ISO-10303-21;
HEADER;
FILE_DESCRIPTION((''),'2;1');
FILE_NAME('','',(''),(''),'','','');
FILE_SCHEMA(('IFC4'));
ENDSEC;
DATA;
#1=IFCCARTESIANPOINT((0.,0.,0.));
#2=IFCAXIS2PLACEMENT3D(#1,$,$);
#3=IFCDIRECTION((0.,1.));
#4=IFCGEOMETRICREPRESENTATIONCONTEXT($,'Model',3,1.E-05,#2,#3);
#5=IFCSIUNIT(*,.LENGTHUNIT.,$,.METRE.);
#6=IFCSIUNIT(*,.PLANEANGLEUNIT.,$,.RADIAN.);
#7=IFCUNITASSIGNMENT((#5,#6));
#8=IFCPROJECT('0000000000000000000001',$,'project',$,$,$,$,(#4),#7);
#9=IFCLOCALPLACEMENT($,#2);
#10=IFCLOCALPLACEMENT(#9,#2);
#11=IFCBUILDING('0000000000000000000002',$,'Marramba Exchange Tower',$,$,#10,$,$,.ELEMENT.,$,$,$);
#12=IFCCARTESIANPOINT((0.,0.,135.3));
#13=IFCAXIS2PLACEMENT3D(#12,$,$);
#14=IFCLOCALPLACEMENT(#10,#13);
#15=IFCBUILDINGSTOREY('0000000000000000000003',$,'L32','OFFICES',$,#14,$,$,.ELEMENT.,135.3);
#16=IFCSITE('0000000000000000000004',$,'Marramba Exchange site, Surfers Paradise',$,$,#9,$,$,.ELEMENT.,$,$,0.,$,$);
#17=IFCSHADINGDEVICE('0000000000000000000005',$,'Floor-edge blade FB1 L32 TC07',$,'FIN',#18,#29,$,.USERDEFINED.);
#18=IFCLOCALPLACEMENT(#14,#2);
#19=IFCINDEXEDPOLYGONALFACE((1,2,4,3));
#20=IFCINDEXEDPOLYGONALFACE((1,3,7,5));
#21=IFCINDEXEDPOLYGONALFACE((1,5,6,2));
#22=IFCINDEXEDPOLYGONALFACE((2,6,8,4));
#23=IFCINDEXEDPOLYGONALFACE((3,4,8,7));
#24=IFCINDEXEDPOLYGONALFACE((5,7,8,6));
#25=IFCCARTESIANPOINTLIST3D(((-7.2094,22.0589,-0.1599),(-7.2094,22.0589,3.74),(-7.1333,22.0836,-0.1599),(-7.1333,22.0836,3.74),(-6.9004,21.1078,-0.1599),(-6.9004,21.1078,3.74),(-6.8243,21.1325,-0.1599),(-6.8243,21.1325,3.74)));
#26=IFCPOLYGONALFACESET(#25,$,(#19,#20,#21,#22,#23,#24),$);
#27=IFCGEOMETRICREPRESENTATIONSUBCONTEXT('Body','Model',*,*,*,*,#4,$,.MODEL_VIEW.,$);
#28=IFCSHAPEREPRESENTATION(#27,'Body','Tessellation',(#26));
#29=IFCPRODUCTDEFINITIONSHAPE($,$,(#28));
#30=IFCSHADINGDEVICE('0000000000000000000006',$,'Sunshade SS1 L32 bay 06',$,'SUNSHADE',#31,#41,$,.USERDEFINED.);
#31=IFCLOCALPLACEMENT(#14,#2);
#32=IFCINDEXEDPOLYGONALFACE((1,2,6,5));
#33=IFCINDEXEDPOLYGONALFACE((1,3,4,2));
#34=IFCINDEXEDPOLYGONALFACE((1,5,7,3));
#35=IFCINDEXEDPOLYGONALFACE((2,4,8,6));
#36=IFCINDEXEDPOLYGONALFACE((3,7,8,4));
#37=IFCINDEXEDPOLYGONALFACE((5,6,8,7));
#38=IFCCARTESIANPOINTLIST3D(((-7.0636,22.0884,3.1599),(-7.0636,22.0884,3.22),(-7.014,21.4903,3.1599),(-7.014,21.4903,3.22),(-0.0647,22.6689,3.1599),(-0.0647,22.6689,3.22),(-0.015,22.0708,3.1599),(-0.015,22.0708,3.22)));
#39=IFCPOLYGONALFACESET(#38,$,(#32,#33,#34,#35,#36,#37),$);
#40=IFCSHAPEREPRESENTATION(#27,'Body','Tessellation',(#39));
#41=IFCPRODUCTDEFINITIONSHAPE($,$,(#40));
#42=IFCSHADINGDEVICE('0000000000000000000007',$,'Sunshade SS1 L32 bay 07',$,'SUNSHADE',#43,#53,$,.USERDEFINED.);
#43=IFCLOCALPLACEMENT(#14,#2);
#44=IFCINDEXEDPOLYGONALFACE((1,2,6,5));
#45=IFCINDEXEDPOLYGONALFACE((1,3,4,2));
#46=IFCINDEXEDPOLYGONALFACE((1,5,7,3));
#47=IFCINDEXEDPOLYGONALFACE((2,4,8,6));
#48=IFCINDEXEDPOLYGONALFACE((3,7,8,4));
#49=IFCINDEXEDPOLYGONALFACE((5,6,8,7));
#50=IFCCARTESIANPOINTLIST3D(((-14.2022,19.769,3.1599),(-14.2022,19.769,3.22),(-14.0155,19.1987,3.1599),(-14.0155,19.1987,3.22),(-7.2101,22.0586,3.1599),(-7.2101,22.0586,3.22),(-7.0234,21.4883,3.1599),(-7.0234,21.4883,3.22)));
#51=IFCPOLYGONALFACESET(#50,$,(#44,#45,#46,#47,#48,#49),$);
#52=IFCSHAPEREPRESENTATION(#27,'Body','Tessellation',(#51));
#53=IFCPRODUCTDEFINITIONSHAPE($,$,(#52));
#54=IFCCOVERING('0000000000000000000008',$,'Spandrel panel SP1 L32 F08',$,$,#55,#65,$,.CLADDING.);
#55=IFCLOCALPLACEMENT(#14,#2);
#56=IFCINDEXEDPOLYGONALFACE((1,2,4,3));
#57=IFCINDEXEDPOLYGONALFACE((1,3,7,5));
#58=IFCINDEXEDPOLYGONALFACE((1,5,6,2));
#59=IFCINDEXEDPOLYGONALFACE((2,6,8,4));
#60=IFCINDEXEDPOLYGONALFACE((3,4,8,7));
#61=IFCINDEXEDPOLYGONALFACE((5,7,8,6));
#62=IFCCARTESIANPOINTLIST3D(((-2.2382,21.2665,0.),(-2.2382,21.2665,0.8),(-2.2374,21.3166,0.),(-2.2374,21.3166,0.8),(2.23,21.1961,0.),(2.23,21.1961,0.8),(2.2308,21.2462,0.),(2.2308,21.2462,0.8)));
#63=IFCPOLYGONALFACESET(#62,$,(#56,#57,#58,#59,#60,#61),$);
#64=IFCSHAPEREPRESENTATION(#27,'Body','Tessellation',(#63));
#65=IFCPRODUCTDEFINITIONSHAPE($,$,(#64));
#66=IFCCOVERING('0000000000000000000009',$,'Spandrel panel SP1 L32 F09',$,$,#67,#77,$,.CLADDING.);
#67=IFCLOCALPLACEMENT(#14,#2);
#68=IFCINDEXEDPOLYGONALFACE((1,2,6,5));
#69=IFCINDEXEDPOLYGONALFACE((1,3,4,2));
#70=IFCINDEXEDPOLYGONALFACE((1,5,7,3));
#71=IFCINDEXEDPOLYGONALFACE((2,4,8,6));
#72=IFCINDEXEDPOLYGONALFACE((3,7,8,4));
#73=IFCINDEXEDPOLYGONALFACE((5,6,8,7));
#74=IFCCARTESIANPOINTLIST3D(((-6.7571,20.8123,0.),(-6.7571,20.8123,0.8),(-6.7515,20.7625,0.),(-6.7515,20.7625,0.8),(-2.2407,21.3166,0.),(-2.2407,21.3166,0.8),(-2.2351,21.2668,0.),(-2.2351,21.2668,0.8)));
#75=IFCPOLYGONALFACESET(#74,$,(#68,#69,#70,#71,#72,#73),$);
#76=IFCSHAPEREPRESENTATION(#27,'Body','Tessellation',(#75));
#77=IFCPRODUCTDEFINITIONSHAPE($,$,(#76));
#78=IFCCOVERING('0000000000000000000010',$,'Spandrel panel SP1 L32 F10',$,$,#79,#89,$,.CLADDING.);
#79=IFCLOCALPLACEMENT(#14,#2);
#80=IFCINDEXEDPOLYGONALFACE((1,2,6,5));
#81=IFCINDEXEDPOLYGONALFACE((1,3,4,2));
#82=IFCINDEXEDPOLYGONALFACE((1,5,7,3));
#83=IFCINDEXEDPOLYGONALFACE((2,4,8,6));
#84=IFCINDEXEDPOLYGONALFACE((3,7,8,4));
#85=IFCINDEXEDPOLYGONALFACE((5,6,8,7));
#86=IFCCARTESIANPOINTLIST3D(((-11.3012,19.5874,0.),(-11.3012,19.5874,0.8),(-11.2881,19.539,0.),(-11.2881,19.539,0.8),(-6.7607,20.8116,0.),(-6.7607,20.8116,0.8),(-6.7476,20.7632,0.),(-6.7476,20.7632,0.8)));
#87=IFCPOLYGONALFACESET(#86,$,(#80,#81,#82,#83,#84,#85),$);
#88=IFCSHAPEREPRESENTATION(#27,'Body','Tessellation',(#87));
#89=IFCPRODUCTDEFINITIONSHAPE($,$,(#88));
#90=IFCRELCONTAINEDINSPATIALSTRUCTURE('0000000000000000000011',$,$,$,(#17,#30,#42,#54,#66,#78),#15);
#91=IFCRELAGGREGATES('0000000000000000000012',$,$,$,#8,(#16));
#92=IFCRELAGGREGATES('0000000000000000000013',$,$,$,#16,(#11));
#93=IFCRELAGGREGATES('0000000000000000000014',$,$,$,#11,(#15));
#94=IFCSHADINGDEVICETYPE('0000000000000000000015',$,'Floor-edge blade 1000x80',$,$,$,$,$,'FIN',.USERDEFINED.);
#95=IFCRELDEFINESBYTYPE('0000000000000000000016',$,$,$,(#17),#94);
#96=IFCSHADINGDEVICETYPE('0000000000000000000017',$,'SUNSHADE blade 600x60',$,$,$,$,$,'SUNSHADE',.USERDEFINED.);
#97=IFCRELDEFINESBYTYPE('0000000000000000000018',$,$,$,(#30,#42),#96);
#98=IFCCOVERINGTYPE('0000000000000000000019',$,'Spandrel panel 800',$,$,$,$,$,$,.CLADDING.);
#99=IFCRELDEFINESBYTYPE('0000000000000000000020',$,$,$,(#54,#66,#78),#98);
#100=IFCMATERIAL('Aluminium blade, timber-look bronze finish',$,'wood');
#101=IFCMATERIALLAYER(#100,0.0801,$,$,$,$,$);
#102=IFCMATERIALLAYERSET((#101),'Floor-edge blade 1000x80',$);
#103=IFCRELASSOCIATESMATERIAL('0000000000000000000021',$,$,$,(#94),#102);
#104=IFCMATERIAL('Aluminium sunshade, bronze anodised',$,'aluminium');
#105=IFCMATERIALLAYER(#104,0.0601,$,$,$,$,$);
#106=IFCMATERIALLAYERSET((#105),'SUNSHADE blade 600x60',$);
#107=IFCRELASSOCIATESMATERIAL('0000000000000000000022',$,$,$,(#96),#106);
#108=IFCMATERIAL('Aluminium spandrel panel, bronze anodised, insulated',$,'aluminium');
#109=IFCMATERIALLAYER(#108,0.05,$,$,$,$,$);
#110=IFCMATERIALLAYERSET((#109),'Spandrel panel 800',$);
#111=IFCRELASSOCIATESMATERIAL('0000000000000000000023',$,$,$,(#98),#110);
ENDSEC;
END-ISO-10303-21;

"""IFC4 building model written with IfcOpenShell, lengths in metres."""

from ifc_helpers import new_model, si_unit, direction, frame, origin, origin_2d, place, context, subcontext, project, spatial, rectangle, extrude, material, layer, layer_set, type_object, element, save


model = new_model("IFC4")

# Units and contexts
model_context = context("Model", 3, precision=1e-05, world=origin(), true_north=direction((0.0, 1.0)))
body_context = subcontext(model_context, "Body", "Model", "MODEL_VIEW")
ifc_project = project(units=[si_unit("LENGTHUNIT", "METRE"), si_unit("PLANEANGLEUNIT", "RADIAN")], contexts=[model_context])

# Site, building, storey
site_placement = place(None, origin())
site = spatial("IfcSite", under=ifc_project, at=site_placement, Name="Marramba Exchange site, Surfers Paradise", CompositionType="ELEMENT", RefElevation=0.0)
building_placement = place(site_placement, origin())
building = spatial("IfcBuilding", under=site, at=building_placement, Name="Marramba Exchange Tower", CompositionType="ELEMENT")
storey_placement = place(building_placement, frame((0.0, 0.0, 135.3)))
storey = spatial("IfcBuildingStorey", under=building, at=storey_placement, Name="L32", Description="OFFICES", CompositionType="ELEMENT", Elevation=135.3)

# Shading devices
ifc_material_1 = material(Name="Aluminium blade, timber-look bronze finish", Category="wood")
ifc_layer_1 = layer(ifc_material_1, 0.0801)
ifc_layer_set_1 = layer_set([ifc_layer_1], Name="Floor-edge blade 1000x80")
shading_device_type_1 = type_object("IfcShadingDeviceType", Name="Floor-edge blade 1000x80", ElementType="FIN", PredefinedType="USERDEFINED", material=ifc_layer_set_1)
shading_device_1_placement = place(storey_placement, frame((-7.0168, 21.5957, -0.1599), z_axis=(0.0, 0.0, 1.0), x_axis=(-0.309017, 0.951057, 0.0)))
element("IfcShadingDevice", 1, at=shading_device_1_placement, inside=storey, type_object=shading_device_type_1, Name="Floor-edge blade FB1 L32 TC07", ObjectType="FIN", PredefinedType="USERDEFINED", context=body_context, shape_type="SweptSolid", body=[
    extrude(rectangle(XDim=1.0, YDim=0.0801, at=origin_2d()), origin(), (0.0, 0.0, 1.0), 3.8999),
])
ifc_material_2 = material(Name="Aluminium sunshade, bronze anodised", Category="aluminium")
ifc_layer_2 = layer(ifc_material_2, 0.0601)
ifc_layer_set_2 = layer_set([ifc_layer_2], Name="SUNSHADE blade 600x60")
shading_device_type_2 = type_object("IfcShadingDeviceType", Name="SUNSHADE blade 600x60", ElementType="SUNSHADE", PredefinedType="USERDEFINED", material=ifc_layer_set_2)
shading_device_2_placement = place(storey_placement, frame((-3.5393, 22.0796, 3.1599), z_axis=(0.0, 0.0, 1.0), x_axis=(-0.996578, -0.08266, 0.0)))
element("IfcShadingDevice", 2, at=shading_device_2_placement, inside=storey, type_object=shading_device_type_2, Name="Sunshade SS1 L32 bay 06", ObjectType="SUNSHADE", PredefinedType="USERDEFINED", context=body_context, shape_type="SweptSolid", body=[
    extrude(rectangle(XDim=7.0229, YDim=0.6001, at=origin_2d()), origin(), (0.0, 0.0, 1.0), 0.0601),
])
shading_device_3_placement = place(storey_placement, frame((-10.6128, 20.6287, 3.1599), z_axis=(0.0, 0.0, 1.0), x_axis=(-0.950346, -0.311196, 0.0)))
element("IfcShadingDevice", 3, at=shading_device_3_placement, inside=storey, type_object=shading_device_type_2, Name="Sunshade SS1 L32 bay 07", ObjectType="SUNSHADE", PredefinedType="USERDEFINED", context=body_context, shape_type="SweptSolid", body=[
    extrude(rectangle(XDim=7.3574, YDim=0.6001, at=origin_2d()), origin(), (0.0, 0.0, 1.0), 0.0601),
])

# Coverings
ifc_material_3 = material(Name="Aluminium spandrel panel, bronze anodised, insulated", Category="aluminium")
ifc_layer_3 = layer(ifc_material_3, 0.05)
ifc_layer_set_3 = layer_set([ifc_layer_3], Name="Spandrel panel 800")
covering_type = type_object("IfcCoveringType", Name="Spandrel panel 800", PredefinedType="CLADDING", material=ifc_layer_set_3)
covering_1_placement = place(storey_placement, frame((-0.0037, 21.2563, 0.0), z_axis=(0.0, 0.0, 1.0), x_axis=(-0.999876, 0.015756, 0.0)))
element("IfcCovering", 4, at=covering_1_placement, inside=storey, type_object=covering_type, Name="Spandrel panel SP1 L32 F08", PredefinedType="CLADDING", context=body_context, shape_type="SweptSolid", body=[
    extrude(rectangle(XDim=4.4688, YDim=0.05, at=origin_2d()), origin(), (0.0, 0.0, 1.0), 0.8),
])
covering_2_placement = place(storey_placement, frame((-4.4961, 21.0396, 0.0), z_axis=(0.0, 0.0, 1.0), x_axis=(-0.993823, -0.110973, 0.0)))
element("IfcCovering", 5, at=covering_2_placement, inside=storey, type_object=covering_type, Name="Spandrel panel SP1 L32 F09", PredefinedType="CLADDING", context=body_context, shape_type="SweptSolid", body=[
    extrude(rectangle(XDim=4.5444, YDim=0.05, at=origin_2d()), origin(), (0.0, 0.0, 1.0), 0.8),
])
covering_3_placement = place(storey_placement, frame((-9.0244, 20.1753, 0.0), z_axis=(0.0, 0.0, 1.0), x_axis=(-0.965522, -0.260321, 0.0)))
element("IfcCovering", 6, at=covering_3_placement, inside=storey, type_object=covering_type, Name="Spandrel panel SP1 L32 F10", PredefinedType="CLADDING", context=body_context, shape_type="SweptSolid", body=[
    extrude(rectangle(XDim=4.7026, YDim=0.05, at=origin_2d()), origin(), (0.0, 0.0, 1.0), 0.8),
])

save(model, "model.ifc")
